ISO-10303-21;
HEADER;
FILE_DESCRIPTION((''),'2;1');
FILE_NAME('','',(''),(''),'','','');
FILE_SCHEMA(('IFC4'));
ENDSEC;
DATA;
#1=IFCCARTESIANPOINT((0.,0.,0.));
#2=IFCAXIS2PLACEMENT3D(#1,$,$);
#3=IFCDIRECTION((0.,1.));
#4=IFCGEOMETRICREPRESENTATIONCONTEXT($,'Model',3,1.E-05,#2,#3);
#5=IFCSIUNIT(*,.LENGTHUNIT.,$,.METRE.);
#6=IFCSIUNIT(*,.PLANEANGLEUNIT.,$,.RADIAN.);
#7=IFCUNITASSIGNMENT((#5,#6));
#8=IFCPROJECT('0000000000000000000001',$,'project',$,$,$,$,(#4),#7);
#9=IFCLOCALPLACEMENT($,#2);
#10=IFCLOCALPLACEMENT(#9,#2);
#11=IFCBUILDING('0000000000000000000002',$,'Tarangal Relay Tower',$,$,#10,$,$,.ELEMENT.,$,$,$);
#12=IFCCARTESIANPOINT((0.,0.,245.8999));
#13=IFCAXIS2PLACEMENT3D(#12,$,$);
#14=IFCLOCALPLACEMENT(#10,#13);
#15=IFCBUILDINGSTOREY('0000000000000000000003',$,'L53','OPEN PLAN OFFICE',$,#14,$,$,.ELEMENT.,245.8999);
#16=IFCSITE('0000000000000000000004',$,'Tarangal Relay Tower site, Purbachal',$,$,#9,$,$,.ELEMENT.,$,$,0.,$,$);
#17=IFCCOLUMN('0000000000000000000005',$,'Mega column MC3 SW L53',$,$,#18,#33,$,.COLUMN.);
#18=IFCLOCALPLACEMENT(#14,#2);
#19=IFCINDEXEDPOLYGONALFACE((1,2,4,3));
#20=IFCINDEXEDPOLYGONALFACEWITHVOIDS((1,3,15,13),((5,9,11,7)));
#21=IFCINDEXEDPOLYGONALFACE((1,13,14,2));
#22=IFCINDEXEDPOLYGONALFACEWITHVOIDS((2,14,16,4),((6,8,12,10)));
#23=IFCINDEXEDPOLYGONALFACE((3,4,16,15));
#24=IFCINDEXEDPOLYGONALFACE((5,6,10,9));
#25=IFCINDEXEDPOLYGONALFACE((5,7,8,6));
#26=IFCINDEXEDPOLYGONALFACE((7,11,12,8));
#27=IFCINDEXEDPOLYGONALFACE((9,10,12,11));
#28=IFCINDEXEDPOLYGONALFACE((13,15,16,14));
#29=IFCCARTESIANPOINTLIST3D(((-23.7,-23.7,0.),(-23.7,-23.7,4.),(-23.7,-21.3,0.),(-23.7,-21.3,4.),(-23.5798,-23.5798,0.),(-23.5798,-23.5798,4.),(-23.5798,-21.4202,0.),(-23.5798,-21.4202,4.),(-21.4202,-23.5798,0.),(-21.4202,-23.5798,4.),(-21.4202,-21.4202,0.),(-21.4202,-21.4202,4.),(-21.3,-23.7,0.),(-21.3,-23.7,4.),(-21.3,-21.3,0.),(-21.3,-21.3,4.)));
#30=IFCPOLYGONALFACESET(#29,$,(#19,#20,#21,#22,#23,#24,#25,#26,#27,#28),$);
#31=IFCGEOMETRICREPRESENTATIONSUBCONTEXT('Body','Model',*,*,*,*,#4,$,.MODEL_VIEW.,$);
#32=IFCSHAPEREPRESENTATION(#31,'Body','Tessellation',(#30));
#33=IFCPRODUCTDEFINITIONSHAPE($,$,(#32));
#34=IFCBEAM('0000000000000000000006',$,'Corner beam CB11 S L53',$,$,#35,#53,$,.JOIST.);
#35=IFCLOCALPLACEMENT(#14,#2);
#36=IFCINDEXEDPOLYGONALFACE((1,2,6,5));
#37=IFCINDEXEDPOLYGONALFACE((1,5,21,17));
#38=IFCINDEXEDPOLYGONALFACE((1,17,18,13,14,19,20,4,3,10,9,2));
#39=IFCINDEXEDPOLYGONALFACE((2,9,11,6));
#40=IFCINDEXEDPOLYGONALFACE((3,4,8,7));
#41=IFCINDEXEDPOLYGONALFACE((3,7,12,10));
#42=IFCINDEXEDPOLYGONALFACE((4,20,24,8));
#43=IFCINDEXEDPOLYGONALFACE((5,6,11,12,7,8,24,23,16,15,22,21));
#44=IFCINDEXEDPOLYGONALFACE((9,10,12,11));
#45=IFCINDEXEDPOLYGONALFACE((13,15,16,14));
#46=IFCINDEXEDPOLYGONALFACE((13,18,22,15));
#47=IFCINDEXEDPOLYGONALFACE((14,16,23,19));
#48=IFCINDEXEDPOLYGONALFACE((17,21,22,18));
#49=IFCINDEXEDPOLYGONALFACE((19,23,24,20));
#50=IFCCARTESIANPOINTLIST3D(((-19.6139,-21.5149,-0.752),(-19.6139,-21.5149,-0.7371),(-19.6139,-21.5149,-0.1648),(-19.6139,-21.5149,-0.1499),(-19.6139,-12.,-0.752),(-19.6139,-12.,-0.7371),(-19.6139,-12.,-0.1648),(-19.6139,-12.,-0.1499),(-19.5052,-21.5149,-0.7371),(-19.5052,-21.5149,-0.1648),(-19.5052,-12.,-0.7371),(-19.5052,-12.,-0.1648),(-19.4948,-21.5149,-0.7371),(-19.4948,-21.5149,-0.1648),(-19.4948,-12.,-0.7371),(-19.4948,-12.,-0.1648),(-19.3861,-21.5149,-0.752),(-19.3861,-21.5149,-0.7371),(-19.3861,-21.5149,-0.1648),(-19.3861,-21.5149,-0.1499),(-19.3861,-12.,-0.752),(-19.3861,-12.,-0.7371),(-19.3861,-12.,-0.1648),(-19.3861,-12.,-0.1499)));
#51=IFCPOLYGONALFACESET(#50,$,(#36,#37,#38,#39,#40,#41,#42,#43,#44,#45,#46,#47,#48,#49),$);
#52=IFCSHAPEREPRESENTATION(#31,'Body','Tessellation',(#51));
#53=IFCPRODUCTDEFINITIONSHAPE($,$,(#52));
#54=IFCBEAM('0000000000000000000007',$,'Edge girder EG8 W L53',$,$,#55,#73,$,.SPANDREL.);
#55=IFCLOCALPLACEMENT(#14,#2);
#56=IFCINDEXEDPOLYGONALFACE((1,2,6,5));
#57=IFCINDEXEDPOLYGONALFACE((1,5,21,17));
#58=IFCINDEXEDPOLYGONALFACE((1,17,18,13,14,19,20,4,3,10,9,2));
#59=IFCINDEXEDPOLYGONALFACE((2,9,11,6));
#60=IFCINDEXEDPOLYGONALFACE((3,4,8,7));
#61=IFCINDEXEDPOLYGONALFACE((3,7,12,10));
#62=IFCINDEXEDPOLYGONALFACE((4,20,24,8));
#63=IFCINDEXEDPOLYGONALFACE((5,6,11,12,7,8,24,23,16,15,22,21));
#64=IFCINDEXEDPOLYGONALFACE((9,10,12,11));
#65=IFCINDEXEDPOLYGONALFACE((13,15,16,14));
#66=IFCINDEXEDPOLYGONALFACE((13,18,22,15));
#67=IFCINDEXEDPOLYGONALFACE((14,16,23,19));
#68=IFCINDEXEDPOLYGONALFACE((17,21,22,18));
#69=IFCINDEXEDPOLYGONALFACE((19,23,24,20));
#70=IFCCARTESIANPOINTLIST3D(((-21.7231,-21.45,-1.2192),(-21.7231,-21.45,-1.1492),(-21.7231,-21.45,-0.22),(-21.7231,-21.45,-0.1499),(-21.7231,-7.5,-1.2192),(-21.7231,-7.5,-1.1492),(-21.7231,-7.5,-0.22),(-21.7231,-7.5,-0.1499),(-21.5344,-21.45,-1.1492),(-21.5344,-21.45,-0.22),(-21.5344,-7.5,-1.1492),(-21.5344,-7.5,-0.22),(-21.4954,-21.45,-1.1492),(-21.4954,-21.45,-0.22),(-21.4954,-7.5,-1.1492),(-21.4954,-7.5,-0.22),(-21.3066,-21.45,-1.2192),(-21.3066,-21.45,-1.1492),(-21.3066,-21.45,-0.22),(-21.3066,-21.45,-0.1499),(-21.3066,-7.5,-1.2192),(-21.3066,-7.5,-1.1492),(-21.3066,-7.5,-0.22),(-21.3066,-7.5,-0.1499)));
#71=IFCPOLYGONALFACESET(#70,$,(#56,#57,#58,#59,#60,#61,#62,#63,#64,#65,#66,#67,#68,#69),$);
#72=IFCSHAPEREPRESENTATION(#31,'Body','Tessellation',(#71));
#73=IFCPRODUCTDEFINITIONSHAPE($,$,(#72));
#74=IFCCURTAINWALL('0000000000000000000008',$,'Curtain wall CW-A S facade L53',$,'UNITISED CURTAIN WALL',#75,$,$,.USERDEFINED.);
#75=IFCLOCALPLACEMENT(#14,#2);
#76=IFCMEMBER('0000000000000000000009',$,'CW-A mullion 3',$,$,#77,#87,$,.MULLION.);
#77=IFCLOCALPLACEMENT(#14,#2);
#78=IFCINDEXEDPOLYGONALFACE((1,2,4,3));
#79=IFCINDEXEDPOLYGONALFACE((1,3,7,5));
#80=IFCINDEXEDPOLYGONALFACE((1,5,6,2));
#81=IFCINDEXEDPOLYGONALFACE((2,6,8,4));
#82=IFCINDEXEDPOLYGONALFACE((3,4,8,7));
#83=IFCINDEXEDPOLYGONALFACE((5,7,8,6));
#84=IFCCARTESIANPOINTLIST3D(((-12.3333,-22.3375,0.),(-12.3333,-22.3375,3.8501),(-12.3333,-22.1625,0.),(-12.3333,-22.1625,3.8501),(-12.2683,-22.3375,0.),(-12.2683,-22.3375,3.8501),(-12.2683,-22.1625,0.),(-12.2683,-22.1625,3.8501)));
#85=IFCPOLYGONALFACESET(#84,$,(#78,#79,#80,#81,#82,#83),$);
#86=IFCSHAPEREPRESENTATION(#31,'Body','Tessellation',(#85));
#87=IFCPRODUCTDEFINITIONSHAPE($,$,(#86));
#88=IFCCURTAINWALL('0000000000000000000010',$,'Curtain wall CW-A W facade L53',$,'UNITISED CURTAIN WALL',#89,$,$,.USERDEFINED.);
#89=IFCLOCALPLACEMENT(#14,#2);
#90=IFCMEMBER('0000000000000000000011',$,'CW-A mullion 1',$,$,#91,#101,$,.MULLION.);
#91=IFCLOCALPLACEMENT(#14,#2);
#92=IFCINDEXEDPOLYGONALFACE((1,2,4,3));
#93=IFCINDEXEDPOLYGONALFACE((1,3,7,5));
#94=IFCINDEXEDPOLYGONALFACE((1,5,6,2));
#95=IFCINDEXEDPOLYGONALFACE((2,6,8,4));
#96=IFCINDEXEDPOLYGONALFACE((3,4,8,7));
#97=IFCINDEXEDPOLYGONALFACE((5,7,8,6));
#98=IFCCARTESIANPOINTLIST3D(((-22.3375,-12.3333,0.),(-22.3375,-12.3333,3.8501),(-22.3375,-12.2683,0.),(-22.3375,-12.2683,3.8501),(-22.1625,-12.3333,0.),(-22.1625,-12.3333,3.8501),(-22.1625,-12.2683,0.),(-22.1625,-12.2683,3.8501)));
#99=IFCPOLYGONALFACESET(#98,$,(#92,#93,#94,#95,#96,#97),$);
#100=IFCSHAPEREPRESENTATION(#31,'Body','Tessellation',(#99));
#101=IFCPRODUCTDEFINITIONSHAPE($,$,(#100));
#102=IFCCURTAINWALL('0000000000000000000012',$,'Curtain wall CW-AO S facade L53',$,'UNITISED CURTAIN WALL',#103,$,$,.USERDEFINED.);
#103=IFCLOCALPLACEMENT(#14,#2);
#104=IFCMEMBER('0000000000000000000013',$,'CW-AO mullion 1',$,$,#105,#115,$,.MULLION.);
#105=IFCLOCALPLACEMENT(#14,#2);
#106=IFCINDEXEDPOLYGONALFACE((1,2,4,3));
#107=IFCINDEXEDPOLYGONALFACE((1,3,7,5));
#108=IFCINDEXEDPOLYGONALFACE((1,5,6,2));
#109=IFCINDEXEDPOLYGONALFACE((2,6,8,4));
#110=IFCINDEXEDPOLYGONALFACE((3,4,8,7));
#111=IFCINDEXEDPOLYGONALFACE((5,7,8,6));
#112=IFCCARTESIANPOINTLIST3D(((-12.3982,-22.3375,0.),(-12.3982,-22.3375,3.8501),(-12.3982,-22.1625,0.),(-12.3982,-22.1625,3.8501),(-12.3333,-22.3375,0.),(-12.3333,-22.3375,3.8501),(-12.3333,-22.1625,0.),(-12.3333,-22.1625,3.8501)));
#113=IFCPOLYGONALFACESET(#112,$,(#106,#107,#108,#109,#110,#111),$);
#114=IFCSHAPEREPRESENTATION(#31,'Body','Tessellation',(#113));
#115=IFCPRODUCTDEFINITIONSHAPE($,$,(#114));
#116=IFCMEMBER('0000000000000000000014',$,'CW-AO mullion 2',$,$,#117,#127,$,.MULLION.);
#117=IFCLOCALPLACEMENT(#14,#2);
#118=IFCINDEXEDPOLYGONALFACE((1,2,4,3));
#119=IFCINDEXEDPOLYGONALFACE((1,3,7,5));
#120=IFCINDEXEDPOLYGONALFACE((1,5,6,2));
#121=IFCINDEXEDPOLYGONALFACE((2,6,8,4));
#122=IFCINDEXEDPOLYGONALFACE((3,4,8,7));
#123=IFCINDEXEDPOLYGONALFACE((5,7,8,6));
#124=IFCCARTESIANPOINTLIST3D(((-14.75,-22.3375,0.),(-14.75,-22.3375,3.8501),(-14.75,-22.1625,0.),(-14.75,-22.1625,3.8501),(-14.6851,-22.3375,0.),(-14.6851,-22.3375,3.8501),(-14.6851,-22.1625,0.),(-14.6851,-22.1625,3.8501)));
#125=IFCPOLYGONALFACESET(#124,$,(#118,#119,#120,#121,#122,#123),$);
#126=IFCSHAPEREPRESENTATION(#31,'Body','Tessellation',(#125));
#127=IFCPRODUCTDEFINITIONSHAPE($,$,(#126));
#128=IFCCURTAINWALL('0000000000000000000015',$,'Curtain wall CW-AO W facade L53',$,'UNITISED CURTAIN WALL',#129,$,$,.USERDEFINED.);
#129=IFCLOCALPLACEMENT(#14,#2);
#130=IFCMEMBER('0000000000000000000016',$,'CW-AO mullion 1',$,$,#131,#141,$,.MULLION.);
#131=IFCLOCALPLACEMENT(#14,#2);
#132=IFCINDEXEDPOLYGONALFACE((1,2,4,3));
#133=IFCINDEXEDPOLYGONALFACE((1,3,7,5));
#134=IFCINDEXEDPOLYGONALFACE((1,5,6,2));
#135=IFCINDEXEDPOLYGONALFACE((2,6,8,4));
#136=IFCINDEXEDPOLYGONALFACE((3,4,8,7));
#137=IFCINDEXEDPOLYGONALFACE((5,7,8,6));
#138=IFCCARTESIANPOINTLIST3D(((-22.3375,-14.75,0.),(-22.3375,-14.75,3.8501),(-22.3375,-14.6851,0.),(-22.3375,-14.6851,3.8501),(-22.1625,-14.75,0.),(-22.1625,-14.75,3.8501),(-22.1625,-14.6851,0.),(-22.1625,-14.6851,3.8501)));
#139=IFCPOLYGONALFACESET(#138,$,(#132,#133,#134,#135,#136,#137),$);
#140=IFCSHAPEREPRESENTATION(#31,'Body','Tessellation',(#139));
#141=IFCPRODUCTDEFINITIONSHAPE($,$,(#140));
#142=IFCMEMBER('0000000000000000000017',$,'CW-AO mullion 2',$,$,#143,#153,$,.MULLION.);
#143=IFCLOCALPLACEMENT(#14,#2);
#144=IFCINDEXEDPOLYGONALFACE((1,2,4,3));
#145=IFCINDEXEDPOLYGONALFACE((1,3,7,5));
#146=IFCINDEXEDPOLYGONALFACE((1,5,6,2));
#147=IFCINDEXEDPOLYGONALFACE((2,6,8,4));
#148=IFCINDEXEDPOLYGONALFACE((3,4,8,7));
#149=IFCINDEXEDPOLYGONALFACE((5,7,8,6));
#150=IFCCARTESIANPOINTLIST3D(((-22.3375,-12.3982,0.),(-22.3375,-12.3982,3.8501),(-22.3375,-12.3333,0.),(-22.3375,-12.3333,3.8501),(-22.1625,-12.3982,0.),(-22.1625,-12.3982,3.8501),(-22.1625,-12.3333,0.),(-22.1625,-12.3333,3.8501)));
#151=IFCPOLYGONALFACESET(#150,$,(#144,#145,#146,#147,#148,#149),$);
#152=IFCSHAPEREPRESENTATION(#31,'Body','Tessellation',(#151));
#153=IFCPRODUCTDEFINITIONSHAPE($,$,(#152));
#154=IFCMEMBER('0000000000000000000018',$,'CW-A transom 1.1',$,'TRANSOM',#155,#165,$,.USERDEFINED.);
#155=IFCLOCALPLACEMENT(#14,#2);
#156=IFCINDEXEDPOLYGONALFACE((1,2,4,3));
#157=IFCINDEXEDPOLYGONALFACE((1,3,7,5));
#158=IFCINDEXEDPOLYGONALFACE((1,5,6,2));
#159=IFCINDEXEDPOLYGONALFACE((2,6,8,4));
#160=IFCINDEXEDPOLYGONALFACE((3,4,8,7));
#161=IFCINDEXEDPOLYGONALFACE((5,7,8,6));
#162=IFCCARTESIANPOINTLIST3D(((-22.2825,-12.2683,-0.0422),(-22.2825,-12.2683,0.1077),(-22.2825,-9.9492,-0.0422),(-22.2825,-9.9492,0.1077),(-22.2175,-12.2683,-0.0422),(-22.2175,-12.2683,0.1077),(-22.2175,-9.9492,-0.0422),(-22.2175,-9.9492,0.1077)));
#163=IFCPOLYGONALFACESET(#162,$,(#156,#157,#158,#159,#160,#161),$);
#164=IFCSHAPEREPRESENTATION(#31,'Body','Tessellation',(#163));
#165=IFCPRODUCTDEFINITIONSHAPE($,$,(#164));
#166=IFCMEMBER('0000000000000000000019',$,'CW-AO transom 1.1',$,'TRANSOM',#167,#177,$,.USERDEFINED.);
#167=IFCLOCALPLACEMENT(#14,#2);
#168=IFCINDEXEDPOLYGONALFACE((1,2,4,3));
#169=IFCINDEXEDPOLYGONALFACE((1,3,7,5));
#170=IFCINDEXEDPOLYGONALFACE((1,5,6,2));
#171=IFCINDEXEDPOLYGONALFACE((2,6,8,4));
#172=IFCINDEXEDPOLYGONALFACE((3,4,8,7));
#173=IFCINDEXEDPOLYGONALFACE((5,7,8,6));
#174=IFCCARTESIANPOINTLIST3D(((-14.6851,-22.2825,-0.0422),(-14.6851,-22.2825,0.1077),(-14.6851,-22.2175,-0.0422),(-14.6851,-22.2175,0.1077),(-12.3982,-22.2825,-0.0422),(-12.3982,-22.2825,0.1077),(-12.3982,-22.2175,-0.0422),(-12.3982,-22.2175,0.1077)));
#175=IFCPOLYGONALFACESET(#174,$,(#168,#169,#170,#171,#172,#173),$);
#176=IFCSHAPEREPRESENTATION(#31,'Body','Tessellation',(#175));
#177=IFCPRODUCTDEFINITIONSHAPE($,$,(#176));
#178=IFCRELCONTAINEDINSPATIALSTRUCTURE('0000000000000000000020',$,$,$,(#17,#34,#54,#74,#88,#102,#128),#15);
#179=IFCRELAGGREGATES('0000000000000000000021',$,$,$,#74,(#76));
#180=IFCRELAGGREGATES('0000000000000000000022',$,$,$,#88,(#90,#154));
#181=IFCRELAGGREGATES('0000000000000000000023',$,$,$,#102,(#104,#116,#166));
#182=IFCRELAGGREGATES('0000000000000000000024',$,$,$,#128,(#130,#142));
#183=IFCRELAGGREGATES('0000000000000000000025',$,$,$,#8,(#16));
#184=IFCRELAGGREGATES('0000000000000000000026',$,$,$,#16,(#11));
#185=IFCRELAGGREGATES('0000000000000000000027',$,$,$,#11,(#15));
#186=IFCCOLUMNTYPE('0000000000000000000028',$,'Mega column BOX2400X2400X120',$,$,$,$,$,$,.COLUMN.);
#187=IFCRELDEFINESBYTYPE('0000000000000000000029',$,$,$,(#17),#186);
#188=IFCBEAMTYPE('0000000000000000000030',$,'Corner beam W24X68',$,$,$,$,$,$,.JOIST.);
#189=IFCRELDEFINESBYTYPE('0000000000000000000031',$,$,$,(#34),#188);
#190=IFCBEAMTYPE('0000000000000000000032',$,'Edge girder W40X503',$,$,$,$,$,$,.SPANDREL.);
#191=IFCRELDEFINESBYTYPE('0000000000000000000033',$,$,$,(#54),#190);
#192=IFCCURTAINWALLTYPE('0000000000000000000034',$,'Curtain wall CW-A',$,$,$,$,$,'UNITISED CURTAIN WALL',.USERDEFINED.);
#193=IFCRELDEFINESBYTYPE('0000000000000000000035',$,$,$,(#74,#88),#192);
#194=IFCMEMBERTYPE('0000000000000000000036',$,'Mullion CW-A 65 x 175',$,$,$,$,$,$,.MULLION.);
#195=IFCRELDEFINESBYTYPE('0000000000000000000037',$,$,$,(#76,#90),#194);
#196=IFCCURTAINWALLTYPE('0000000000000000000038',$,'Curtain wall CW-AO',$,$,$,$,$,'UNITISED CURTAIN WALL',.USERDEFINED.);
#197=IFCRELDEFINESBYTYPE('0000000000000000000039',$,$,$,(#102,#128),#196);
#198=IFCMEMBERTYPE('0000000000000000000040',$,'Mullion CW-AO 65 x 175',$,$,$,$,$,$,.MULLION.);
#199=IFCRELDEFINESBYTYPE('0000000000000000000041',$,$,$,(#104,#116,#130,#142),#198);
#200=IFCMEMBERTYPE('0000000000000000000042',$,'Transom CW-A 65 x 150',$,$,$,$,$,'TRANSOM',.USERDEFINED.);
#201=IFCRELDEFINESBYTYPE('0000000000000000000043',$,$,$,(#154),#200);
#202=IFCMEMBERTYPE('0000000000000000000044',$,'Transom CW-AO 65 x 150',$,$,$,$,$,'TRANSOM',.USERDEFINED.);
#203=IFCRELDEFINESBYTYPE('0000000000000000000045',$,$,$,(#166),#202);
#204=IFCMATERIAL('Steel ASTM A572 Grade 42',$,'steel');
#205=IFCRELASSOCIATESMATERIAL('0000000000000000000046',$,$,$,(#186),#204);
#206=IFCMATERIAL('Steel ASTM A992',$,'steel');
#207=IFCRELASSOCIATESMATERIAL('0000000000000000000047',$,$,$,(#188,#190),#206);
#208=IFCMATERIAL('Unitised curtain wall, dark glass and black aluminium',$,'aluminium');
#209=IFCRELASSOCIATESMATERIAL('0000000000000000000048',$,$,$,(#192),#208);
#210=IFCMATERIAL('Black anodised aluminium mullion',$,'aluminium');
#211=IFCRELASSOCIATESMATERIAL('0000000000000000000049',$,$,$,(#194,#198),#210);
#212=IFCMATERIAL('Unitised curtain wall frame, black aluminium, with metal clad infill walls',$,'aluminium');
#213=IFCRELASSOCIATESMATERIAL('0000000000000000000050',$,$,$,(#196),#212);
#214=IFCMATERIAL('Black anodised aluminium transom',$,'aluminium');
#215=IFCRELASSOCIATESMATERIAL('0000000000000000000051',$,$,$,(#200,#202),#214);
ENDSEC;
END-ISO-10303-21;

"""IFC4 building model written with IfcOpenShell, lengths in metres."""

from ifc_helpers import new_model, si_unit, direction, frame, origin, origin_2d, place, context, subcontext, project, spatial, rectangle, hollow_rectangle, i_section, extrude, material, material_profile, profile_set, type_object, element, aggregate, save


model = new_model("IFC4")

# Units and contexts
model_context = context("Model", 3, precision=1e-05, world=origin(), true_north=direction((0.0, 1.0)))
body_context = subcontext(model_context, "Body", "Model", "MODEL_VIEW")
ifc_project = project(units=[si_unit("LENGTHUNIT", "METRE"), si_unit("PLANEANGLEUNIT", "RADIAN")], contexts=[model_context])

# Site, building, storey
site_placement = place(None, origin())
site = spatial("IfcSite", under=ifc_project, at=site_placement, Name="Tarangal Relay Tower site, Purbachal", CompositionType="ELEMENT", RefElevation=0.0)
building_placement = place(site_placement, origin())
building = spatial("IfcBuilding", under=site, at=building_placement, Name="Tarangal Relay Tower", CompositionType="ELEMENT")
storey_placement = place(building_placement, frame((0.0, 0.0, 245.8999)))
storey = spatial("IfcBuildingStorey", under=building, at=storey_placement, Name="L53", Description="OPEN PLAN OFFICE", CompositionType="ELEMENT", Elevation=245.8999)

# Column
ifc_material_1 = material(Name="Steel ASTM A572 Grade 42", Category="steel")
ifc_material_profile_1 = material_profile(ifc_material_1, hollow_rectangle(XDim=2.3999, YDim=2.3999, WallThickness=0.1201, at=origin_2d()), Name="BOX2400X2400X120")
ifc_profile_set_1 = profile_set([ifc_material_profile_1], Name="Steel ASTM A572 Grade 42")
column_type = type_object("IfcColumnType", Name="Mega column BOX2400X2400X120", PredefinedType="COLUMN", material=ifc_profile_set_1)
column_placement = place(storey_placement, frame((-22.5, -22.5, 0.0), z_axis=(0.0, 0.0, 1.0), x_axis=(1.0, 0.0, 0.0)))
element("IfcColumn", 1, at=column_placement, inside=storey, type_object=column_type, Name="Mega column MC3 SW L53", PredefinedType="COLUMN", context=body_context, shape_type="SweptSolid", body=[
    extrude(hollow_rectangle(XDim=2.3999, YDim=2.3999, WallThickness=0.1201, at=origin_2d()), origin(), (0.0, 0.0, 1.0), 4.0),
])

# Beams
ifc_material_2 = material(Name="Steel ASTM A992", Category="steel")
ifc_material_profile_2 = material_profile(ifc_material_2, i_section(OverallWidth=0.2278, OverallDepth=0.6021, WebThickness=0.0105, FlangeThickness=0.0149, at=origin_2d()), Name="W24X68")
ifc_profile_set_2 = profile_set([ifc_material_profile_2], Name="Steel ASTM A992")
beam_type_1 = type_object("IfcBeamType", Name="Corner beam W24X68", PredefinedType="JOIST", material=ifc_profile_set_2)
beam_1_placement = place(storey_placement, frame((-19.5, -12.0, -0.4509), z_axis=(0.0, -1.0, 0.0), x_axis=(1.0, 0.0, 0.0)))
element("IfcBeam", 2, at=beam_1_placement, inside=storey, type_object=beam_type_1, Name="Corner beam CB11 S L53", PredefinedType="JOIST", context=body_context, shape_type="SweptSolid", body=[
    extrude(i_section(OverallWidth=0.2278, OverallDepth=0.6021, WebThickness=0.0105, FlangeThickness=0.0149, at=origin_2d()), origin(), (0.0, 0.0, 1.0), 9.5149),
])
ifc_material_profile_3 = material_profile(ifc_material_2, i_section(OverallWidth=0.4165, OverallDepth=1.0693, WebThickness=0.0391, FlangeThickness=0.0701, at=origin_2d()), Name="W40X503")
ifc_profile_set_3 = profile_set([ifc_material_profile_3], Name="Steel ASTM A992")
beam_type_2 = type_object("IfcBeamType", Name="Edge girder W40X503", PredefinedType="SPANDREL", material=ifc_profile_set_3)
beam_2_placement = place(storey_placement, frame((-21.5149, -21.45, -0.6846), z_axis=(0.0, 1.0, 0.0), x_axis=(-1.0, 0.0, 0.0)))
element("IfcBeam", 3, at=beam_2_placement, inside=storey, type_object=beam_type_2, Name="Edge girder EG8 W L53", PredefinedType="SPANDREL", context=body_context, shape_type="SweptSolid", body=[
    extrude(i_section(OverallWidth=0.4165, OverallDepth=1.0693, WebThickness=0.0391, FlangeThickness=0.0701, at=origin_2d()), origin(), (0.0, 0.0, 1.0), 13.95),
])

# Curtain walls, members
ifc_material_3 = material(Name="Unitised curtain wall, dark glass and black aluminium", Category="aluminium")
curtain_wall_type_1 = type_object("IfcCurtainWallType", Name="Curtain wall CW-A", ElementType="UNITISED CURTAIN WALL", PredefinedType="USERDEFINED", material=ifc_material_3)
curtain_wall_1_placement = place(storey_placement, origin())
curtain_wall_1 = element("IfcCurtainWall", 4, at=curtain_wall_1_placement, inside=storey, type_object=curtain_wall_type_1, Name="Curtain wall CW-A S facade L53", ObjectType="UNITISED CURTAIN WALL", PredefinedType="USERDEFINED")
ifc_material_4 = material(Name="Black anodised aluminium mullion", Category="aluminium")
ifc_material_profile_4 = material_profile(ifc_material_4, rectangle(XDim=0.175, YDim=0.0649, at=origin_2d()), Name="CW-AM 65X175")
ifc_profile_set_4 = profile_set([ifc_material_profile_4], Name="Black anodised aluminium mullion")
member_type_1 = type_object("IfcMemberType", Name="Mullion CW-A 65 x 175", PredefinedType="MULLION", material=ifc_profile_set_4)
member_1_placement = place(storey_placement, frame((-12.3008, -22.25, 0.0), z_axis=(0.0, 0.0, 1.0), x_axis=(0.0, -1.0, 0.0)))
member_1 = element("IfcMember", 5, at=member_1_placement, type_object=member_type_1, Name="CW-A mullion 3", PredefinedType="MULLION", context=body_context, shape_type="SweptSolid", body=[
    extrude(rectangle(XDim=0.175, YDim=0.0649, at=origin_2d()), origin(), (0.0, 0.0, 1.0), 3.8501),
])
aggregate(curtain_wall_1, [member_1])
curtain_wall_2_placement = place(storey_placement, origin())
curtain_wall_2 = element("IfcCurtainWall", 6, at=curtain_wall_2_placement, inside=storey, type_object=curtain_wall_type_1, Name="Curtain wall CW-A W facade L53", ObjectType="UNITISED CURTAIN WALL", PredefinedType="USERDEFINED")
member_2_placement = place(storey_placement, frame((-22.25, -12.3008, 0.0), z_axis=(0.0, 0.0, 1.0), x_axis=(-1.0, 0.0, 0.0)))
member_2 = element("IfcMember", 7, at=member_2_placement, type_object=member_type_1, Name="CW-A mullion 1", PredefinedType="MULLION", context=body_context, shape_type="SweptSolid", body=[
    extrude(rectangle(XDim=0.175, YDim=0.0649, at=origin_2d()), origin(), (0.0, 0.0, 1.0), 3.8501),
])

# Curtain walls, members
ifc_material_5 = material(Name="Unitised curtain wall frame, black aluminium, with metal clad infill walls", Category="aluminium")
curtain_wall_type_2 = type_object("IfcCurtainWallType", Name="Curtain wall CW-AO", ElementType="UNITISED CURTAIN WALL", PredefinedType="USERDEFINED", material=ifc_material_5)
curtain_wall_3_placement = place(storey_placement, origin())
curtain_wall_3 = element("IfcCurtainWall", 8, at=curtain_wall_3_placement, inside=storey, type_object=curtain_wall_type_2, Name="Curtain wall CW-AO S facade L53", ObjectType="UNITISED CURTAIN WALL", PredefinedType="USERDEFINED")
ifc_material_profile_5 = material_profile(ifc_material_4, rectangle(XDim=0.175, YDim=0.0649, at=origin_2d()), Name="CW-AOM 65X175")
ifc_profile_set_5 = profile_set([ifc_material_profile_5], Name="Black anodised aluminium mullion")
member_type_2 = type_object("IfcMemberType", Name="Mullion CW-AO 65 x 175", PredefinedType="MULLION", material=ifc_profile_set_5)
member_3_placement = place(storey_placement, frame((-12.3657, -22.25, 0.0), z_axis=(0.0, 0.0, 1.0), x_axis=(0.0, -1.0, 0.0)))
member_3 = element("IfcMember", 9, at=member_3_placement, type_object=member_type_2, Name="CW-AO mullion 1", PredefinedType="MULLION", context=body_context, shape_type="SweptSolid", body=[
    extrude(rectangle(XDim=0.175, YDim=0.0649, at=origin_2d()), origin(), (0.0, 0.0, 1.0), 3.8501),
])
member_4_placement = place(storey_placement, frame((-14.7175, -22.25, 0.0), z_axis=(0.0, 0.0, 1.0), x_axis=(0.0, -1.0, 0.0)))
member_4 = element("IfcMember", 10, at=member_4_placement, type_object=member_type_2, Name="CW-AO mullion 2", PredefinedType="MULLION", context=body_context, shape_type="SweptSolid", body=[
    extrude(rectangle(XDim=0.175, YDim=0.0649, at=origin_2d()), origin(), (0.0, 0.0, 1.0), 3.8501),
])
curtain_wall_4_placement = place(storey_placement, origin())
curtain_wall_4 = element("IfcCurtainWall", 11, at=curtain_wall_4_placement, inside=storey, type_object=curtain_wall_type_2, Name="Curtain wall CW-AO W facade L53", ObjectType="UNITISED CURTAIN WALL", PredefinedType="USERDEFINED")
member_5_placement = place(storey_placement, frame((-22.25, -14.7175, 0.0), z_axis=(0.0, 0.0, 1.0), x_axis=(-1.0, 0.0, 0.0)))
member_5 = element("IfcMember", 12, at=member_5_placement, type_object=member_type_2, Name="CW-AO mullion 1", PredefinedType="MULLION", context=body_context, shape_type="SweptSolid", body=[
    extrude(rectangle(XDim=0.175, YDim=0.0649, at=origin_2d()), origin(), (0.0, 0.0, 1.0), 3.8501),
])
member_6_placement = place(storey_placement, frame((-22.25, -12.3657, 0.0), z_axis=(0.0, 0.0, 1.0), x_axis=(-1.0, 0.0, 0.0)))
member_6 = element("IfcMember", 13, at=member_6_placement, type_object=member_type_2, Name="CW-AO mullion 2", PredefinedType="MULLION", context=body_context, shape_type="SweptSolid", body=[
    extrude(rectangle(XDim=0.175, YDim=0.0649, at=origin_2d()), origin(), (0.0, 0.0, 1.0), 3.8501),
])

# Members
ifc_material_6 = material(Name="Black anodised aluminium transom", Category="aluminium")
ifc_material_profile_6 = material_profile(ifc_material_6, rectangle(XDim=0.0649, YDim=0.1499, at=origin_2d()), Name="CW-AT 65X150")
ifc_profile_set_6 = profile_set([ifc_material_profile_6], Name="Black anodised aluminium transom")
member_type_3 = type_object("IfcMemberType", Name="Transom CW-A 65 x 150", ElementType="TRANSOM", PredefinedType="USERDEFINED", material=ifc_profile_set_6)
member_7_placement = place(storey_placement, frame((-22.25, -12.2683, 0.0327), z_axis=(0.0, 1.0, 0.0), x_axis=(-1.0, 0.0, 0.0)))
member_7 = element("IfcMember", 14, at=member_7_placement, type_object=member_type_3, Name="CW-A transom 1.1", ObjectType="TRANSOM", PredefinedType="USERDEFINED", context=body_context, shape_type="SweptSolid", body=[
    extrude(rectangle(XDim=0.0649, YDim=0.1499, at=origin_2d()), origin(), (0.0, 0.0, 1.0), 2.3191),
])
aggregate(curtain_wall_2, [member_2, member_7])
ifc_material_profile_7 = material_profile(ifc_material_6, rectangle(XDim=0.0649, YDim=0.1499, at=origin_2d()), Name="CW-AOT 65X150")
ifc_profile_set_7 = profile_set([ifc_material_profile_7], Name="Black anodised aluminium transom")
member_type_4 = type_object("IfcMemberType", Name="Transom CW-AO 65 x 150", ElementType="TRANSOM", PredefinedType="USERDEFINED", material=ifc_profile_set_7)
member_8_placement = place(storey_placement, frame((-12.3982, -22.25, 0.0327), z_axis=(-1.0, 0.0, 0.0), x_axis=(0.0, -1.0, 0.0)))
member_8 = element("IfcMember", 15, at=member_8_placement, type_object=member_type_4, Name="CW-AO transom 1.1", ObjectType="TRANSOM", PredefinedType="USERDEFINED", context=body_context, shape_type="SweptSolid", body=[
    extrude(rectangle(XDim=0.0649, YDim=0.1499, at=origin_2d()), origin(), (0.0, 0.0, 1.0), 2.2869),
])
aggregate(curtain_wall_3, [member_3, member_4, member_8])
aggregate(curtain_wall_4, [member_5, member_6])

save(model, "model.ifc")
